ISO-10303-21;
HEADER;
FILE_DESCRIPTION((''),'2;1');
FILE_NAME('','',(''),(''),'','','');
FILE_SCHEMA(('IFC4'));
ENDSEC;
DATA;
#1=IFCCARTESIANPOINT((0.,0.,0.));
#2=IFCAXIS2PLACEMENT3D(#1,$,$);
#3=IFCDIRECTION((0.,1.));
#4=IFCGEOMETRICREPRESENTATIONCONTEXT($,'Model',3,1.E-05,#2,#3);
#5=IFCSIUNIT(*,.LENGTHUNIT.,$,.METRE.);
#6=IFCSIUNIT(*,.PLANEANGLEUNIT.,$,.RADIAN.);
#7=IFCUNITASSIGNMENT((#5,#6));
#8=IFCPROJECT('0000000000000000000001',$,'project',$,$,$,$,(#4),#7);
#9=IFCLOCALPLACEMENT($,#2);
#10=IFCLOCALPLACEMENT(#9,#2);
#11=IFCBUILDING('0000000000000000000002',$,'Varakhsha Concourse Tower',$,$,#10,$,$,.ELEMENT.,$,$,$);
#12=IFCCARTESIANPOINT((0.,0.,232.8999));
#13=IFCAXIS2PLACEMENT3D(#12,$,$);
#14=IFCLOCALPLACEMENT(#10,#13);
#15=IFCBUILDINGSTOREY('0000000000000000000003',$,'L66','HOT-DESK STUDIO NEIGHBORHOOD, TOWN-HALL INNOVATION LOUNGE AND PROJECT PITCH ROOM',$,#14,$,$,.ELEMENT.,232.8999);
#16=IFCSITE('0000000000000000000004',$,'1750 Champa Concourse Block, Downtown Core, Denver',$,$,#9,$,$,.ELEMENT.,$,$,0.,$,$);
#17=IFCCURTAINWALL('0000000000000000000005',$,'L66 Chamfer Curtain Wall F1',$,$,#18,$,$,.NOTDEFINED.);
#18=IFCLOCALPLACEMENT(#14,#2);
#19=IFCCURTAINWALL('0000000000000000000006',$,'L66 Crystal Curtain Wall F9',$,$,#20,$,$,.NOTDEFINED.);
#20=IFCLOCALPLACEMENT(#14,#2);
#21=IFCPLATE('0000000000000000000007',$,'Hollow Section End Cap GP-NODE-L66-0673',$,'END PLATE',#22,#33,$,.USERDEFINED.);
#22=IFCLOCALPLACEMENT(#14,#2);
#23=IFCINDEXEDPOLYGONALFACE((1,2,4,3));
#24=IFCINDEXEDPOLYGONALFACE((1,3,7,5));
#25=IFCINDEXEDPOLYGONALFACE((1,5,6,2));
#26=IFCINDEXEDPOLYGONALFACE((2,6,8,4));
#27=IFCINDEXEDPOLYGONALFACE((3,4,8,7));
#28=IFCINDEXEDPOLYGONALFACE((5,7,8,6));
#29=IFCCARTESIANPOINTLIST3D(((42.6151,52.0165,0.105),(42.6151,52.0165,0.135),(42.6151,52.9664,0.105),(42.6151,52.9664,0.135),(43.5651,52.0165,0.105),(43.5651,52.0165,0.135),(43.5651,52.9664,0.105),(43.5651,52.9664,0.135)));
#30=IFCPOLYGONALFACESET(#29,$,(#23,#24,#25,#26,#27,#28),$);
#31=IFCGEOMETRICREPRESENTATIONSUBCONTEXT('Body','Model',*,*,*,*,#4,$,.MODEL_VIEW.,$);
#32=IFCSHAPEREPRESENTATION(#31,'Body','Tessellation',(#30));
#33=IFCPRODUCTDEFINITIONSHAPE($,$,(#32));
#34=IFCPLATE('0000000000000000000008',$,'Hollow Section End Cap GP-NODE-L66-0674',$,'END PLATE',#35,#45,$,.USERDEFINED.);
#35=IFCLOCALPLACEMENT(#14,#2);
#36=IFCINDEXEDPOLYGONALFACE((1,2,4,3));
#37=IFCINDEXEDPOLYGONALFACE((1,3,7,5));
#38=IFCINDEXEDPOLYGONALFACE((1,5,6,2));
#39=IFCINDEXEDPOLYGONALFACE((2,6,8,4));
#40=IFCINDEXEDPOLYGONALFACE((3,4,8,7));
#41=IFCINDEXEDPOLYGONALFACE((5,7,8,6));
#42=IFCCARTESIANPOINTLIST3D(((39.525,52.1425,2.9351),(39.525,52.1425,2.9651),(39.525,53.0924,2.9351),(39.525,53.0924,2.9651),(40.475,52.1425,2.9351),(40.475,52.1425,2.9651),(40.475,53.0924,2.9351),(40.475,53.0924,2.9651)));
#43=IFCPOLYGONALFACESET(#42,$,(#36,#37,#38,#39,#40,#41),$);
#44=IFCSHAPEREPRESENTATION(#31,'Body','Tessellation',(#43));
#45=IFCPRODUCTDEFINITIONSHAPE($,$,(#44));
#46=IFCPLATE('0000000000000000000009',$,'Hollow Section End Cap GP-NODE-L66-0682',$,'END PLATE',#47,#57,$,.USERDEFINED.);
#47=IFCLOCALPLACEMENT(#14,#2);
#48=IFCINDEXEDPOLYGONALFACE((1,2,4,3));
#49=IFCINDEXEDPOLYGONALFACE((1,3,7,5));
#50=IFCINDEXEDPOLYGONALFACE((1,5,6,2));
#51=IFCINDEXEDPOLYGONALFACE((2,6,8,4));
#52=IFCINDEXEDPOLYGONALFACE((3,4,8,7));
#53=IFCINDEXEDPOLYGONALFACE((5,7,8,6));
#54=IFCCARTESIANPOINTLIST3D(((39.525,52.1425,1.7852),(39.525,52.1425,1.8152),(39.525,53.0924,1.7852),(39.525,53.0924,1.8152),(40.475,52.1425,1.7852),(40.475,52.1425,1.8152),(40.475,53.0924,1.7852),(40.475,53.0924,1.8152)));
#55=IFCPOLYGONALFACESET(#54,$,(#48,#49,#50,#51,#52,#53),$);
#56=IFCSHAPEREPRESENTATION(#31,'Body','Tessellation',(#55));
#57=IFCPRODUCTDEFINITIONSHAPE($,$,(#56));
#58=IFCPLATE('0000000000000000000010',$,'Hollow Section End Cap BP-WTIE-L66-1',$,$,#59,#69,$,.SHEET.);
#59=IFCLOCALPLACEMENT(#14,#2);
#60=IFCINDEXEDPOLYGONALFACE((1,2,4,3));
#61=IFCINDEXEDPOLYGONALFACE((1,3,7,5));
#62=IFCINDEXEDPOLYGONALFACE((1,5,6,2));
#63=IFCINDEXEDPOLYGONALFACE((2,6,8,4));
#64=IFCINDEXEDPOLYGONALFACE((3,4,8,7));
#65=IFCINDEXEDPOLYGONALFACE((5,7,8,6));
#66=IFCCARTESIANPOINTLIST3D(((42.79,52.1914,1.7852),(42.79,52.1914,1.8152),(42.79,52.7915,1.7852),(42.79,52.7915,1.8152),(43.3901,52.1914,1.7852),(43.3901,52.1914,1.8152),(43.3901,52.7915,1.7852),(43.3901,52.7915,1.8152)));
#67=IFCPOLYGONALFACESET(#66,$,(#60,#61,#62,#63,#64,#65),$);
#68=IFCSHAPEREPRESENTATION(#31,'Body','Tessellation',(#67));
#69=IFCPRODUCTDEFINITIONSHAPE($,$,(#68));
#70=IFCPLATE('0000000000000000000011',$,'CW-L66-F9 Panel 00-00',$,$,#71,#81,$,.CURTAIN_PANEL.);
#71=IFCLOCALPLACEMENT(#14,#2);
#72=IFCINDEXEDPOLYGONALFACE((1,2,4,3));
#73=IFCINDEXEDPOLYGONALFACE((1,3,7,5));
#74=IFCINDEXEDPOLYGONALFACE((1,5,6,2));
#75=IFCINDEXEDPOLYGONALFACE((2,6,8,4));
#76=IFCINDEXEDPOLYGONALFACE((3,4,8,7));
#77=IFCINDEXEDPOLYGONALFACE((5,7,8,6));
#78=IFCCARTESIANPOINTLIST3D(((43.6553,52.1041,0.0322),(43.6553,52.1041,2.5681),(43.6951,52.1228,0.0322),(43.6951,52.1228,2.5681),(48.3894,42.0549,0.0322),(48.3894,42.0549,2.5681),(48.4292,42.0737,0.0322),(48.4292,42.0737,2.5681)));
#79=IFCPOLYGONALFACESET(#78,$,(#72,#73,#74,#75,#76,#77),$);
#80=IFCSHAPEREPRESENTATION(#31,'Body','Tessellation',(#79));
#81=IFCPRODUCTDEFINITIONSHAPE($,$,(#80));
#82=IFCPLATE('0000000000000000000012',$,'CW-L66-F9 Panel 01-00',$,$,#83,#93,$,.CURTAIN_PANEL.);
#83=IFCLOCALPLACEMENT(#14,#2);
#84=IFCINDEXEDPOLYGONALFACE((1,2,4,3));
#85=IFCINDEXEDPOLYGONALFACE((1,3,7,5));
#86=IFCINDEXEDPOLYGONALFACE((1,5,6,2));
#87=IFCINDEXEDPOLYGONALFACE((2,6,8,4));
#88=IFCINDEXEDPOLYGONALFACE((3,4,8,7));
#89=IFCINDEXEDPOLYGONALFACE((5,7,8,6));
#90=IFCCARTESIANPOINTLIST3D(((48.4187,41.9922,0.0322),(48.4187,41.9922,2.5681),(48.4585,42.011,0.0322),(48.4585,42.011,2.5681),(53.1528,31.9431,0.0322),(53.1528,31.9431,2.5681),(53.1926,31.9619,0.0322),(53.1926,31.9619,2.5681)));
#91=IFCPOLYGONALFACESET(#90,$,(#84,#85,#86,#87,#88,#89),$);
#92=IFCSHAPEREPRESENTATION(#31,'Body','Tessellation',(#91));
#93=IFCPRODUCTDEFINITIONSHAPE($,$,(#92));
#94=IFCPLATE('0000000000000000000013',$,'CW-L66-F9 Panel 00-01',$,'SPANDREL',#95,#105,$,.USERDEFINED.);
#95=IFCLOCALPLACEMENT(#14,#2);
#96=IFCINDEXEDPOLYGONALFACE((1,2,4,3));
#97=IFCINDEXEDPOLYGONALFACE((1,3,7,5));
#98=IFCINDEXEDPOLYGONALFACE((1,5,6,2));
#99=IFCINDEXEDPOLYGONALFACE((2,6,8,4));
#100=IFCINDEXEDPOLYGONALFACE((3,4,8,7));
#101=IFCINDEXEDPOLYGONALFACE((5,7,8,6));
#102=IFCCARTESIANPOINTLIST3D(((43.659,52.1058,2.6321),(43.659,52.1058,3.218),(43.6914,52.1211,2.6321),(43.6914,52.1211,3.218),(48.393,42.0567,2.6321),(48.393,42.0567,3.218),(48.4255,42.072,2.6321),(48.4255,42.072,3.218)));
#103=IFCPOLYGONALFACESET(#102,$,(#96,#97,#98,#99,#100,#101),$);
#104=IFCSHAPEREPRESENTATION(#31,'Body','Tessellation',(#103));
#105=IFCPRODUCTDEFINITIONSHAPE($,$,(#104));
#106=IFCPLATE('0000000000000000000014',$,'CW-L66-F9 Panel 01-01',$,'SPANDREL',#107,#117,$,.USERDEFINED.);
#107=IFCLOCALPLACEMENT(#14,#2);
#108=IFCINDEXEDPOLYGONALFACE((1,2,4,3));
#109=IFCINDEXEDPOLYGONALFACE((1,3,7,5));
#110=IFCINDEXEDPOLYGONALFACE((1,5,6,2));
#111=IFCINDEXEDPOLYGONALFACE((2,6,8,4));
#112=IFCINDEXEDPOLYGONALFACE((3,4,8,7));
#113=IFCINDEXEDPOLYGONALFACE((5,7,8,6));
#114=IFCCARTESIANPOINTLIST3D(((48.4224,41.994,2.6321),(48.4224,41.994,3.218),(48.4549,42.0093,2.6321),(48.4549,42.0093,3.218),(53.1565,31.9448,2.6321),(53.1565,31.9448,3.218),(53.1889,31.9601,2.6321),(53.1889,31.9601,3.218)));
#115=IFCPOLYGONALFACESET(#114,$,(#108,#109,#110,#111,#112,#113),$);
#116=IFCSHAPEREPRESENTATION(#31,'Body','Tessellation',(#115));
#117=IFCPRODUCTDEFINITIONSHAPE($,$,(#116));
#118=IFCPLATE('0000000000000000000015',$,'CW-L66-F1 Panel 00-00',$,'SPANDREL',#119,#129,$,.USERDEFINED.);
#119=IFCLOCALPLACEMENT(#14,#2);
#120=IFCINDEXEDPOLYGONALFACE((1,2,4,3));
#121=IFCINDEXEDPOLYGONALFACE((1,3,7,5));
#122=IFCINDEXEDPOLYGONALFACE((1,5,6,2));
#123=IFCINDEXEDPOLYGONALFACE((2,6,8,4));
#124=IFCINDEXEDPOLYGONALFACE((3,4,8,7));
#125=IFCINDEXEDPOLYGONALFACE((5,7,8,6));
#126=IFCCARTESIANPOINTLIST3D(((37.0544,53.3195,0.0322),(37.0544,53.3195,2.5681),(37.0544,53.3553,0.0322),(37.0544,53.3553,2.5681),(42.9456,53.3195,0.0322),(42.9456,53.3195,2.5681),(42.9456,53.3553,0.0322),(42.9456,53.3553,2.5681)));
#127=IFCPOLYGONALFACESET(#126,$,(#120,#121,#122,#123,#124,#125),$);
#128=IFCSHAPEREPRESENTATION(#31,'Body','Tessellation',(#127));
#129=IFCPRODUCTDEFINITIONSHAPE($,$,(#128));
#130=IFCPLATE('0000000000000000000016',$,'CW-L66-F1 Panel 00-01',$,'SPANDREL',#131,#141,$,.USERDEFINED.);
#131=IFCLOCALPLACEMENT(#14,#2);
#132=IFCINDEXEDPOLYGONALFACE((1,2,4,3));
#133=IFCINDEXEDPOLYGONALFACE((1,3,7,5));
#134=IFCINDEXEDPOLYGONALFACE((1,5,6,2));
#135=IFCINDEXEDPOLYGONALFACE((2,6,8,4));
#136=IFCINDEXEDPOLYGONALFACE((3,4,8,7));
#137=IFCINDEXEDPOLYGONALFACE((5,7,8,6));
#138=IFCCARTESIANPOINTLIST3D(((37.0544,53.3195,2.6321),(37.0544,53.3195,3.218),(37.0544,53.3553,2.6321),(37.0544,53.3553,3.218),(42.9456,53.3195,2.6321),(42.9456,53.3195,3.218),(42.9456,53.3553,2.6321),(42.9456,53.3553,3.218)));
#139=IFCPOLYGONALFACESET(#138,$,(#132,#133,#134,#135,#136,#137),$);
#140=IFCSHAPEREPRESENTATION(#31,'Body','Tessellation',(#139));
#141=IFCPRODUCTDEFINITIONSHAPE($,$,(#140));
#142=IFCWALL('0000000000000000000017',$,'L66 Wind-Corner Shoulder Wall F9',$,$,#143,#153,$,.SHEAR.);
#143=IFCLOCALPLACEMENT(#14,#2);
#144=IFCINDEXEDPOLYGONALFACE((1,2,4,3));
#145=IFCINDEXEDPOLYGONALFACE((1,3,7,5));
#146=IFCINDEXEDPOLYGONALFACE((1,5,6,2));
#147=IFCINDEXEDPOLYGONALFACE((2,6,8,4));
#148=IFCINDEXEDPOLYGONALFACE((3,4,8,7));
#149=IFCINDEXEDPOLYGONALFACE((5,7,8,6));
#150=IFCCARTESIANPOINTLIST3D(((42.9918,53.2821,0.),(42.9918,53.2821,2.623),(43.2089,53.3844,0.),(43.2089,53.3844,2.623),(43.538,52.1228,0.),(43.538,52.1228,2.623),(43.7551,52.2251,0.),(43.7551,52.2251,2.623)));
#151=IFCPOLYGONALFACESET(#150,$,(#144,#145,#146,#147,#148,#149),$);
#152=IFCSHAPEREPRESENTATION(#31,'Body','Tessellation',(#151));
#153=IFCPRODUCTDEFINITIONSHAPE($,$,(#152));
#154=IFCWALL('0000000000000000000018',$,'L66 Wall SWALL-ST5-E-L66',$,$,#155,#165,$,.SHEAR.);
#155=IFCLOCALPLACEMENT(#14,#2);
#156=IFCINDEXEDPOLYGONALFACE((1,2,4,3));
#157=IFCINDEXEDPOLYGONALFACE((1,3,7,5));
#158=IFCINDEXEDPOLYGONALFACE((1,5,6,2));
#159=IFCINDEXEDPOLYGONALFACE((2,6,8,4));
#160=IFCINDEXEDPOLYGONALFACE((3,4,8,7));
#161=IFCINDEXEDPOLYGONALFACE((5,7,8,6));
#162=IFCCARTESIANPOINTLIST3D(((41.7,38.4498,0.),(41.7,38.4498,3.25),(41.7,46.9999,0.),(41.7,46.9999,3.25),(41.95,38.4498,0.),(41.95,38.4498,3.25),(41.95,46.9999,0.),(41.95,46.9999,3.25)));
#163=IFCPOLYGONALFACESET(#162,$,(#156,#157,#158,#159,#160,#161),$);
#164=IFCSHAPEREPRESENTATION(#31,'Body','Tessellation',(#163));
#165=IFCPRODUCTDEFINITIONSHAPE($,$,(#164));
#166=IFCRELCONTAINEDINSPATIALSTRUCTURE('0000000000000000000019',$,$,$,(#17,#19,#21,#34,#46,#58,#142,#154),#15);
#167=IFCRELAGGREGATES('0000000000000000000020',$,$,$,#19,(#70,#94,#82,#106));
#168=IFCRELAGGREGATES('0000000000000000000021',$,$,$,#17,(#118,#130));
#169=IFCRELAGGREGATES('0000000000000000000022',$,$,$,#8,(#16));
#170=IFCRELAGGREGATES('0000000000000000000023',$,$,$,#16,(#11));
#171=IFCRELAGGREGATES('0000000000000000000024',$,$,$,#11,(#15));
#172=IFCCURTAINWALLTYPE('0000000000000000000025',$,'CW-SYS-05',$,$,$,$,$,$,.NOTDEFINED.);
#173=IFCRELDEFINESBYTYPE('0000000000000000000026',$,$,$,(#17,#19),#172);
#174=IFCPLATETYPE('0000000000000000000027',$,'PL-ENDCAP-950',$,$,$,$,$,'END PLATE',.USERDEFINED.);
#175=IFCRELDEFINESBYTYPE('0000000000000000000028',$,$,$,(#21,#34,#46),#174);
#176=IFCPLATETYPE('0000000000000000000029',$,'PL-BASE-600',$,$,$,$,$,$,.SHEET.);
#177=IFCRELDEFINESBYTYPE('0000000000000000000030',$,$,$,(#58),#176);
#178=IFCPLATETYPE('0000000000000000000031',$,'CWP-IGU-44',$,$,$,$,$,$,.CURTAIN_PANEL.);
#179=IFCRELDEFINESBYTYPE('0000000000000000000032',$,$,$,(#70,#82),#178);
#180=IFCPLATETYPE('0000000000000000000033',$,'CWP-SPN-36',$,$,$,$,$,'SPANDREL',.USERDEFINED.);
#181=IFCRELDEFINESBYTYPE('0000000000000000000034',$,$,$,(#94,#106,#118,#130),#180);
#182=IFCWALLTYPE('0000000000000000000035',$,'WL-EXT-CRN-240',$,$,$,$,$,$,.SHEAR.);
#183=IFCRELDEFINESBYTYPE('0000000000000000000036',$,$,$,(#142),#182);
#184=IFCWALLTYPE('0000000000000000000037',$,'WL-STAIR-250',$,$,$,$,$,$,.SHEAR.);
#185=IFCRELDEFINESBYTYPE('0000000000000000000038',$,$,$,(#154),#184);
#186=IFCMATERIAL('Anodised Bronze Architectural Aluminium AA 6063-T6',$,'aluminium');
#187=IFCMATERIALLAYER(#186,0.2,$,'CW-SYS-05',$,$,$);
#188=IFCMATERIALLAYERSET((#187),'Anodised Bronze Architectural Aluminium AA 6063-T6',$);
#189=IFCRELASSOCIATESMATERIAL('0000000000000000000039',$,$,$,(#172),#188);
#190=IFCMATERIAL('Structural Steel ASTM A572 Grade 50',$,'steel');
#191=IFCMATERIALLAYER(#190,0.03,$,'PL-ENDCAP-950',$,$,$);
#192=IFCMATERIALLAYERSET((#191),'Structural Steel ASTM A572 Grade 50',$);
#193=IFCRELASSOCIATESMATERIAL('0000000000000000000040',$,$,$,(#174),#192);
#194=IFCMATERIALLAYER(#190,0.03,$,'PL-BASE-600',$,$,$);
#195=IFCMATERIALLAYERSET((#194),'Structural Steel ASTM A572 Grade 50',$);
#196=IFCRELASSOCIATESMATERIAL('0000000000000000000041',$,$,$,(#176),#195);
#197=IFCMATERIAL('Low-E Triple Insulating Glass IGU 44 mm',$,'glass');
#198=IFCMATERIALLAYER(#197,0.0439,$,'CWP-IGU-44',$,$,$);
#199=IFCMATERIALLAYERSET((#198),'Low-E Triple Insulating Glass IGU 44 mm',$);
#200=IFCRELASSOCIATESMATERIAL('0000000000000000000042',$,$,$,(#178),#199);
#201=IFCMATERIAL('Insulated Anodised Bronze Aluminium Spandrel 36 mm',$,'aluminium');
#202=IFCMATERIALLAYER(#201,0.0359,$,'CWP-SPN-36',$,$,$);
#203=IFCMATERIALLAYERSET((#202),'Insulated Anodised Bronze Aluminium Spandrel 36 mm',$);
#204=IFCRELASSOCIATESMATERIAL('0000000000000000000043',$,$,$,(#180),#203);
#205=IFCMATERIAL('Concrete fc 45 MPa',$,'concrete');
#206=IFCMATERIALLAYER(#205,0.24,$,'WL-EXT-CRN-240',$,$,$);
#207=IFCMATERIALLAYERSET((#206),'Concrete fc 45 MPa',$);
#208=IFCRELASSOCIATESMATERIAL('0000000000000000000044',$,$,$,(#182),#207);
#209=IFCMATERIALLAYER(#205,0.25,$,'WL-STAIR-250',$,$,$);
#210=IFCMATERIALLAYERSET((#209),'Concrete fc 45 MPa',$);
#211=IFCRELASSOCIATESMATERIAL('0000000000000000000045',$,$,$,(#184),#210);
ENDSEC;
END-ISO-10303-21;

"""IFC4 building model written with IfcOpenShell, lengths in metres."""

from ifc_helpers import new_model, si_unit, direction, frame, frame_2d, origin, origin_2d, place, context, subcontext, project, spatial, rectangle, extrude, source, transform, mapped, material, layer, layer_set, type_object, type_shapes, element, aggregate, save


model = new_model("IFC4")

# Units and contexts
model_context = context("Model", 3, precision=1e-05, world=origin(), true_north=direction((0.0, 1.0)))
body_context = subcontext(model_context, "Body", "Model", "MODEL_VIEW")
ifc_project = project(units=[si_unit("LENGTHUNIT", "METRE"), si_unit("PLANEANGLEUNIT", "RADIAN")], contexts=[model_context])

# Site, building, storey
site_placement = place(None, origin())
site = spatial("IfcSite", under=ifc_project, at=site_placement, Name="1750 Champa Concourse Block, Downtown Core, Denver", CompositionType="ELEMENT", RefElevation=0.0)
building_placement = place(site_placement, origin())
building = spatial("IfcBuilding", under=site, at=building_placement, Name="Varakhsha Concourse Tower", CompositionType="ELEMENT")
storey_placement = place(building_placement, frame((0.0, 0.0, 232.8999)))
storey = spatial("IfcBuildingStorey", under=building, at=storey_placement, Name="L66", Description="HOT-DESK STUDIO NEIGHBORHOOD, TOWN-HALL INNOVATION LOUNGE AND PROJECT PITCH ROOM", CompositionType="ELEMENT", Elevation=232.8999)

# Shared definitions
ifc_material_1 = material(Name="Structural Steel ASTM A572 Grade 50", Category="steel")

# Curtain wall
ifc_material_2 = material(Name="Anodised Bronze Architectural Aluminium AA 6063-T6", Category="aluminium")
ifc_layer_1 = layer(ifc_material_2, 0.2, Name="CW-SYS-05")
ifc_layer_set_1 = layer_set([ifc_layer_1], Name="Anodised Bronze Architectural Aluminium AA 6063-T6")
curtain_wall_type = type_object("IfcCurtainWallType", Name="CW-SYS-05", PredefinedType="NOTDEFINED", material=ifc_layer_set_1)
curtain_wall_1_placement = place(storey_placement, origin())
curtain_wall_1 = element("IfcCurtainWall", 1, at=curtain_wall_1_placement, inside=storey, type_object=curtain_wall_type, Name="L66 Chamfer Curtain Wall F1", PredefinedType="NOTDEFINED")

# Curtain wall
curtain_wall_2_placement = place(storey_placement, origin())
curtain_wall_2 = element("IfcCurtainWall", 2, at=curtain_wall_2_placement, inside=storey, type_object=curtain_wall_type, Name="L66 Crystal Curtain Wall F9", PredefinedType="NOTDEFINED")

# Plates
ifc_layer_2 = layer(ifc_material_1, 0.03, Name="PL-ENDCAP-950")
ifc_layer_set_2 = layer_set([ifc_layer_2], Name="Structural Steel ASTM A572 Grade 50")
plate_type_1 = type_object("IfcPlateType", Name="PL-ENDCAP-950", ElementType="END PLATE", PredefinedType="USERDEFINED", material=ifc_layer_set_2)
shared_shape_1 = source(origin(), body_context, "Body", "SweptSolid", [
    extrude(rectangle(XDim=0.95, YDim=0.95, at=origin_2d()), origin(), (0.0, 0.0, 1.0), 0.03),
])
type_shapes(plate_type_1, [shared_shape_1])
for number, where, z_axis, x_axis, name in (
    (3, (43.0901, 52.4915, 0.105), (0.0, 0.0, 1.0), (1.0, 0.0, 0.0), "Hollow Section End Cap GP-NODE-L66-0673"),
    (4, (40.0, 52.6174, 2.9351), (0.0, 0.0, 1.0), (1.0, 0.0, 0.0), "Hollow Section End Cap GP-NODE-L66-0674"),
    (5, (40.0, 52.6174, 1.7852), (0.0, 0.0, 1.0), (1.0, 0.0, 0.0), "Hollow Section End Cap GP-NODE-L66-0682"),
):
    element("IfcPlate", number, at=place(storey_placement, frame(where, z_axis=z_axis, x_axis=x_axis)), inside=storey, type_object=plate_type_1, Name=name, ObjectType="END PLATE", PredefinedType="USERDEFINED", context=body_context, shape_type="MappedRepresentation", body=[
        mapped(shared_shape_1, transform((0.0, 0.0, 0.0), scale=1.0)),
    ])
ifc_layer_3 = layer(ifc_material_1, 0.03, Name="PL-BASE-600")
ifc_layer_set_3 = layer_set([ifc_layer_3], Name="Structural Steel ASTM A572 Grade 50")
plate_type_2 = type_object("IfcPlateType", Name="PL-BASE-600", PredefinedType="SHEET", material=ifc_layer_set_3)
shared_shape_2 = source(origin(), body_context, "Body", "SweptSolid", [
    extrude(rectangle(XDim=0.6001, YDim=0.6001, at=origin_2d()), origin(), (0.0, 0.0, 1.0), 0.03),
])
type_shapes(plate_type_2, [shared_shape_2])
plate_1_placement = place(storey_placement, frame((43.0901, 52.4915, 1.7852), z_axis=(0.0, 0.0, 1.0), x_axis=(1.0, 0.0, 0.0)))
element("IfcPlate", 6, at=plate_1_placement, inside=storey, type_object=plate_type_2, Name="Hollow Section End Cap BP-WTIE-L66-1", PredefinedType="SHEET", context=body_context, shape_type="MappedRepresentation", body=[
    mapped(shared_shape_2, transform((0.0, 0.0, 0.0), scale=1.0)),
])

# Plates
ifc_material_3 = material(Name="Low-E Triple Insulating Glass IGU 44 mm", Category="glass")
ifc_layer_4 = layer(ifc_material_3, 0.0439, Name="CWP-IGU-44")
ifc_layer_set_4 = layer_set([ifc_layer_4], Name="Low-E Triple Insulating Glass IGU 44 mm")
plate_type_3 = type_object("IfcPlateType", Name="CWP-IGU-44", PredefinedType="CURTAIN_PANEL", material=ifc_layer_set_4)
shared_shape_3 = source(origin(), body_context, "Body", "SweptSolid", [
    extrude(rectangle(XDim=11.1084, YDim=0.0439, at=origin_2d()), origin(), (0.0, 0.0, 1.0), 2.5359),
])
type_shapes(plate_type_3, [shared_shape_3])
plate_2_placement = place(storey_placement, frame((46.0422, 47.0889, 0.0322), z_axis=(0.0, 0.0, 1.0), x_axis=(0.426172, -0.904642, 0.0)))
plate_2 = element("IfcPlate", 7, at=plate_2_placement, type_object=plate_type_3, Name="CW-L66-F9 Panel 00-00", PredefinedType="CURTAIN_PANEL", context=body_context, shape_type="MappedRepresentation", body=[
    mapped(shared_shape_3, transform((0.0, 0.0, 0.0), scale=1.0)),
])
plate_3_placement = place(storey_placement, frame((50.8057, 36.9771, 0.0322), z_axis=(0.0, 0.0, 1.0), x_axis=(0.426172, -0.904642, 0.0)))
plate_3 = element("IfcPlate", 8, at=plate_3_placement, type_object=plate_type_3, Name="CW-L66-F9 Panel 01-00", PredefinedType="CURTAIN_PANEL", context=body_context, shape_type="MappedRepresentation", body=[
    mapped(shared_shape_3, transform((0.0, 0.0, 0.0), scale=1.0)),
])
ifc_material_4 = material(Name="Insulated Anodised Bronze Aluminium Spandrel 36 mm", Category="aluminium")
ifc_layer_5 = layer(ifc_material_4, 0.0359, Name="CWP-SPN-36")
ifc_layer_set_5 = layer_set([ifc_layer_5], Name="Insulated Anodised Bronze Aluminium Spandrel 36 mm")
plate_type_4 = type_object("IfcPlateType", Name="CWP-SPN-36", ElementType="SPANDREL", PredefinedType="USERDEFINED", material=ifc_layer_set_5)
shared_shape_4 = source(origin(), body_context, "Body", "SweptSolid", [
    extrude(rectangle(XDim=11.1084, YDim=0.0359, at=origin_2d()), origin(), (0.0, 0.0, 1.0), 0.5859),
])
plate_4_placement = place(storey_placement, frame((46.0422, 47.0889, 2.6321), z_axis=(0.0, 0.0, 1.0), x_axis=(0.426172, -0.904642, 0.0)))
plate_4 = element("IfcPlate", 9, at=plate_4_placement, type_object=plate_type_4, Name="CW-L66-F9 Panel 00-01", ObjectType="SPANDREL", PredefinedType="USERDEFINED", context=body_context, shape_type="MappedRepresentation", body=[
    mapped(shared_shape_4, transform((0.0, 0.0, 0.0), scale=1.0)),
])
plate_5_placement = place(storey_placement, frame((50.8057, 36.9771, 2.6321), z_axis=(0.0, 0.0, 1.0), x_axis=(0.426172, -0.904642, 0.0)))
plate_5 = element("IfcPlate", 10, at=plate_5_placement, type_object=plate_type_4, Name="CW-L66-F9 Panel 01-01", ObjectType="SPANDREL", PredefinedType="USERDEFINED", context=body_context, shape_type="MappedRepresentation", body=[
    mapped(shared_shape_4, transform((0.0, 0.0, 0.0), scale=1.0)),
])
aggregate(curtain_wall_2, [plate_2, plate_4, plate_3, plate_5])
shared_shape_5 = source(origin(), body_context, "Body", "SweptSolid", [
    extrude(rectangle(XDim=5.8911, YDim=0.0359, at=origin_2d()), origin(), (0.0, 0.0, 1.0), 2.5359),
])
plate_6_placement = place(storey_placement, frame((40.0, 53.3374, 0.0322), z_axis=(0.0, 0.0, 1.0), x_axis=(1.0, 0.0, 0.0)))
plate_6 = element("IfcPlate", 11, at=plate_6_placement, type_object=plate_type_4, Name="CW-L66-F1 Panel 00-00", ObjectType="SPANDREL", PredefinedType="USERDEFINED", context=body_context, shape_type="MappedRepresentation", body=[
    mapped(shared_shape_5, transform((0.0, 0.0, 0.0), scale=1.0)),
])
shared_shape_6 = source(origin(), body_context, "Body", "SweptSolid", [
    extrude(rectangle(XDim=5.8911, YDim=0.0359, at=origin_2d()), origin(), (0.0, 0.0, 1.0), 0.5859),
])
type_shapes(plate_type_4, [shared_shape_4, shared_shape_5, shared_shape_6])
plate_7_placement = place(storey_placement, frame((40.0, 53.3374, 2.6321), z_axis=(0.0, 0.0, 1.0), x_axis=(1.0, 0.0, 0.0)))
plate_7 = element("IfcPlate", 12, at=plate_7_placement, type_object=plate_type_4, Name="CW-L66-F1 Panel 00-01", ObjectType="SPANDREL", PredefinedType="USERDEFINED", context=body_context, shape_type="MappedRepresentation", body=[
    mapped(shared_shape_6, transform((0.0, 0.0, 0.0), scale=1.0)),
])
aggregate(curtain_wall_1, [plate_6, plate_7])

# Walls
ifc_material_5 = material(Name="Concrete fc 45 MPa", Category="concrete")
ifc_layer_6 = layer(ifc_material_5, 0.24, Name="WL-EXT-CRN-240")
ifc_layer_set_6 = layer_set([ifc_layer_6], Name="Concrete fc 45 MPa")
wall_type_1 = type_object("IfcWallType", Name="WL-EXT-CRN-240", PredefinedType="SHEAR", material=ifc_layer_set_6)
wall_1_placement = place(storey_placement, frame((43.6465, 52.1741, 0.0), z_axis=(0.0, 0.0, 1.0), x_axis=(-0.42621, 0.904624, 0.0)))
element("IfcWall", 13, at=wall_1_placement, inside=storey, type_object=wall_type_1, Name="L66 Wind-Corner Shoulder Wall F9", PredefinedType="SHEAR", context=body_context, shape_type="SweptSolid", body=[
    extrude(rectangle(XDim=1.2815, YDim=0.24, at=frame_2d((0.6406, 0.0))), origin(), (0.0, 0.0, 1.0), 2.623),
])
ifc_layer_7 = layer(ifc_material_5, 0.25, Name="WL-STAIR-250")
ifc_layer_set_7 = layer_set([ifc_layer_7], Name="Concrete fc 45 MPa")
wall_type_2 = type_object("IfcWallType", Name="WL-STAIR-250", PredefinedType="SHEAR", material=ifc_layer_set_7)
wall_2_placement = place(storey_placement, frame((41.825, 38.45, 0.0), z_axis=(0.0, 0.0, 1.0), x_axis=(0.0, 1.0, 0.0)))
element("IfcWall", 14, at=wall_2_placement, inside=storey, type_object=wall_type_2, Name="L66 Wall SWALL-ST5-E-L66", PredefinedType="SHEAR", context=body_context, shape_type="SweptSolid", body=[
    extrude(rectangle(XDim=8.55, YDim=0.25, at=frame_2d((4.2749, 0.0))), origin(), (0.0, 0.0, 1.0), 3.25),
])

save(model, "model.ifc")
